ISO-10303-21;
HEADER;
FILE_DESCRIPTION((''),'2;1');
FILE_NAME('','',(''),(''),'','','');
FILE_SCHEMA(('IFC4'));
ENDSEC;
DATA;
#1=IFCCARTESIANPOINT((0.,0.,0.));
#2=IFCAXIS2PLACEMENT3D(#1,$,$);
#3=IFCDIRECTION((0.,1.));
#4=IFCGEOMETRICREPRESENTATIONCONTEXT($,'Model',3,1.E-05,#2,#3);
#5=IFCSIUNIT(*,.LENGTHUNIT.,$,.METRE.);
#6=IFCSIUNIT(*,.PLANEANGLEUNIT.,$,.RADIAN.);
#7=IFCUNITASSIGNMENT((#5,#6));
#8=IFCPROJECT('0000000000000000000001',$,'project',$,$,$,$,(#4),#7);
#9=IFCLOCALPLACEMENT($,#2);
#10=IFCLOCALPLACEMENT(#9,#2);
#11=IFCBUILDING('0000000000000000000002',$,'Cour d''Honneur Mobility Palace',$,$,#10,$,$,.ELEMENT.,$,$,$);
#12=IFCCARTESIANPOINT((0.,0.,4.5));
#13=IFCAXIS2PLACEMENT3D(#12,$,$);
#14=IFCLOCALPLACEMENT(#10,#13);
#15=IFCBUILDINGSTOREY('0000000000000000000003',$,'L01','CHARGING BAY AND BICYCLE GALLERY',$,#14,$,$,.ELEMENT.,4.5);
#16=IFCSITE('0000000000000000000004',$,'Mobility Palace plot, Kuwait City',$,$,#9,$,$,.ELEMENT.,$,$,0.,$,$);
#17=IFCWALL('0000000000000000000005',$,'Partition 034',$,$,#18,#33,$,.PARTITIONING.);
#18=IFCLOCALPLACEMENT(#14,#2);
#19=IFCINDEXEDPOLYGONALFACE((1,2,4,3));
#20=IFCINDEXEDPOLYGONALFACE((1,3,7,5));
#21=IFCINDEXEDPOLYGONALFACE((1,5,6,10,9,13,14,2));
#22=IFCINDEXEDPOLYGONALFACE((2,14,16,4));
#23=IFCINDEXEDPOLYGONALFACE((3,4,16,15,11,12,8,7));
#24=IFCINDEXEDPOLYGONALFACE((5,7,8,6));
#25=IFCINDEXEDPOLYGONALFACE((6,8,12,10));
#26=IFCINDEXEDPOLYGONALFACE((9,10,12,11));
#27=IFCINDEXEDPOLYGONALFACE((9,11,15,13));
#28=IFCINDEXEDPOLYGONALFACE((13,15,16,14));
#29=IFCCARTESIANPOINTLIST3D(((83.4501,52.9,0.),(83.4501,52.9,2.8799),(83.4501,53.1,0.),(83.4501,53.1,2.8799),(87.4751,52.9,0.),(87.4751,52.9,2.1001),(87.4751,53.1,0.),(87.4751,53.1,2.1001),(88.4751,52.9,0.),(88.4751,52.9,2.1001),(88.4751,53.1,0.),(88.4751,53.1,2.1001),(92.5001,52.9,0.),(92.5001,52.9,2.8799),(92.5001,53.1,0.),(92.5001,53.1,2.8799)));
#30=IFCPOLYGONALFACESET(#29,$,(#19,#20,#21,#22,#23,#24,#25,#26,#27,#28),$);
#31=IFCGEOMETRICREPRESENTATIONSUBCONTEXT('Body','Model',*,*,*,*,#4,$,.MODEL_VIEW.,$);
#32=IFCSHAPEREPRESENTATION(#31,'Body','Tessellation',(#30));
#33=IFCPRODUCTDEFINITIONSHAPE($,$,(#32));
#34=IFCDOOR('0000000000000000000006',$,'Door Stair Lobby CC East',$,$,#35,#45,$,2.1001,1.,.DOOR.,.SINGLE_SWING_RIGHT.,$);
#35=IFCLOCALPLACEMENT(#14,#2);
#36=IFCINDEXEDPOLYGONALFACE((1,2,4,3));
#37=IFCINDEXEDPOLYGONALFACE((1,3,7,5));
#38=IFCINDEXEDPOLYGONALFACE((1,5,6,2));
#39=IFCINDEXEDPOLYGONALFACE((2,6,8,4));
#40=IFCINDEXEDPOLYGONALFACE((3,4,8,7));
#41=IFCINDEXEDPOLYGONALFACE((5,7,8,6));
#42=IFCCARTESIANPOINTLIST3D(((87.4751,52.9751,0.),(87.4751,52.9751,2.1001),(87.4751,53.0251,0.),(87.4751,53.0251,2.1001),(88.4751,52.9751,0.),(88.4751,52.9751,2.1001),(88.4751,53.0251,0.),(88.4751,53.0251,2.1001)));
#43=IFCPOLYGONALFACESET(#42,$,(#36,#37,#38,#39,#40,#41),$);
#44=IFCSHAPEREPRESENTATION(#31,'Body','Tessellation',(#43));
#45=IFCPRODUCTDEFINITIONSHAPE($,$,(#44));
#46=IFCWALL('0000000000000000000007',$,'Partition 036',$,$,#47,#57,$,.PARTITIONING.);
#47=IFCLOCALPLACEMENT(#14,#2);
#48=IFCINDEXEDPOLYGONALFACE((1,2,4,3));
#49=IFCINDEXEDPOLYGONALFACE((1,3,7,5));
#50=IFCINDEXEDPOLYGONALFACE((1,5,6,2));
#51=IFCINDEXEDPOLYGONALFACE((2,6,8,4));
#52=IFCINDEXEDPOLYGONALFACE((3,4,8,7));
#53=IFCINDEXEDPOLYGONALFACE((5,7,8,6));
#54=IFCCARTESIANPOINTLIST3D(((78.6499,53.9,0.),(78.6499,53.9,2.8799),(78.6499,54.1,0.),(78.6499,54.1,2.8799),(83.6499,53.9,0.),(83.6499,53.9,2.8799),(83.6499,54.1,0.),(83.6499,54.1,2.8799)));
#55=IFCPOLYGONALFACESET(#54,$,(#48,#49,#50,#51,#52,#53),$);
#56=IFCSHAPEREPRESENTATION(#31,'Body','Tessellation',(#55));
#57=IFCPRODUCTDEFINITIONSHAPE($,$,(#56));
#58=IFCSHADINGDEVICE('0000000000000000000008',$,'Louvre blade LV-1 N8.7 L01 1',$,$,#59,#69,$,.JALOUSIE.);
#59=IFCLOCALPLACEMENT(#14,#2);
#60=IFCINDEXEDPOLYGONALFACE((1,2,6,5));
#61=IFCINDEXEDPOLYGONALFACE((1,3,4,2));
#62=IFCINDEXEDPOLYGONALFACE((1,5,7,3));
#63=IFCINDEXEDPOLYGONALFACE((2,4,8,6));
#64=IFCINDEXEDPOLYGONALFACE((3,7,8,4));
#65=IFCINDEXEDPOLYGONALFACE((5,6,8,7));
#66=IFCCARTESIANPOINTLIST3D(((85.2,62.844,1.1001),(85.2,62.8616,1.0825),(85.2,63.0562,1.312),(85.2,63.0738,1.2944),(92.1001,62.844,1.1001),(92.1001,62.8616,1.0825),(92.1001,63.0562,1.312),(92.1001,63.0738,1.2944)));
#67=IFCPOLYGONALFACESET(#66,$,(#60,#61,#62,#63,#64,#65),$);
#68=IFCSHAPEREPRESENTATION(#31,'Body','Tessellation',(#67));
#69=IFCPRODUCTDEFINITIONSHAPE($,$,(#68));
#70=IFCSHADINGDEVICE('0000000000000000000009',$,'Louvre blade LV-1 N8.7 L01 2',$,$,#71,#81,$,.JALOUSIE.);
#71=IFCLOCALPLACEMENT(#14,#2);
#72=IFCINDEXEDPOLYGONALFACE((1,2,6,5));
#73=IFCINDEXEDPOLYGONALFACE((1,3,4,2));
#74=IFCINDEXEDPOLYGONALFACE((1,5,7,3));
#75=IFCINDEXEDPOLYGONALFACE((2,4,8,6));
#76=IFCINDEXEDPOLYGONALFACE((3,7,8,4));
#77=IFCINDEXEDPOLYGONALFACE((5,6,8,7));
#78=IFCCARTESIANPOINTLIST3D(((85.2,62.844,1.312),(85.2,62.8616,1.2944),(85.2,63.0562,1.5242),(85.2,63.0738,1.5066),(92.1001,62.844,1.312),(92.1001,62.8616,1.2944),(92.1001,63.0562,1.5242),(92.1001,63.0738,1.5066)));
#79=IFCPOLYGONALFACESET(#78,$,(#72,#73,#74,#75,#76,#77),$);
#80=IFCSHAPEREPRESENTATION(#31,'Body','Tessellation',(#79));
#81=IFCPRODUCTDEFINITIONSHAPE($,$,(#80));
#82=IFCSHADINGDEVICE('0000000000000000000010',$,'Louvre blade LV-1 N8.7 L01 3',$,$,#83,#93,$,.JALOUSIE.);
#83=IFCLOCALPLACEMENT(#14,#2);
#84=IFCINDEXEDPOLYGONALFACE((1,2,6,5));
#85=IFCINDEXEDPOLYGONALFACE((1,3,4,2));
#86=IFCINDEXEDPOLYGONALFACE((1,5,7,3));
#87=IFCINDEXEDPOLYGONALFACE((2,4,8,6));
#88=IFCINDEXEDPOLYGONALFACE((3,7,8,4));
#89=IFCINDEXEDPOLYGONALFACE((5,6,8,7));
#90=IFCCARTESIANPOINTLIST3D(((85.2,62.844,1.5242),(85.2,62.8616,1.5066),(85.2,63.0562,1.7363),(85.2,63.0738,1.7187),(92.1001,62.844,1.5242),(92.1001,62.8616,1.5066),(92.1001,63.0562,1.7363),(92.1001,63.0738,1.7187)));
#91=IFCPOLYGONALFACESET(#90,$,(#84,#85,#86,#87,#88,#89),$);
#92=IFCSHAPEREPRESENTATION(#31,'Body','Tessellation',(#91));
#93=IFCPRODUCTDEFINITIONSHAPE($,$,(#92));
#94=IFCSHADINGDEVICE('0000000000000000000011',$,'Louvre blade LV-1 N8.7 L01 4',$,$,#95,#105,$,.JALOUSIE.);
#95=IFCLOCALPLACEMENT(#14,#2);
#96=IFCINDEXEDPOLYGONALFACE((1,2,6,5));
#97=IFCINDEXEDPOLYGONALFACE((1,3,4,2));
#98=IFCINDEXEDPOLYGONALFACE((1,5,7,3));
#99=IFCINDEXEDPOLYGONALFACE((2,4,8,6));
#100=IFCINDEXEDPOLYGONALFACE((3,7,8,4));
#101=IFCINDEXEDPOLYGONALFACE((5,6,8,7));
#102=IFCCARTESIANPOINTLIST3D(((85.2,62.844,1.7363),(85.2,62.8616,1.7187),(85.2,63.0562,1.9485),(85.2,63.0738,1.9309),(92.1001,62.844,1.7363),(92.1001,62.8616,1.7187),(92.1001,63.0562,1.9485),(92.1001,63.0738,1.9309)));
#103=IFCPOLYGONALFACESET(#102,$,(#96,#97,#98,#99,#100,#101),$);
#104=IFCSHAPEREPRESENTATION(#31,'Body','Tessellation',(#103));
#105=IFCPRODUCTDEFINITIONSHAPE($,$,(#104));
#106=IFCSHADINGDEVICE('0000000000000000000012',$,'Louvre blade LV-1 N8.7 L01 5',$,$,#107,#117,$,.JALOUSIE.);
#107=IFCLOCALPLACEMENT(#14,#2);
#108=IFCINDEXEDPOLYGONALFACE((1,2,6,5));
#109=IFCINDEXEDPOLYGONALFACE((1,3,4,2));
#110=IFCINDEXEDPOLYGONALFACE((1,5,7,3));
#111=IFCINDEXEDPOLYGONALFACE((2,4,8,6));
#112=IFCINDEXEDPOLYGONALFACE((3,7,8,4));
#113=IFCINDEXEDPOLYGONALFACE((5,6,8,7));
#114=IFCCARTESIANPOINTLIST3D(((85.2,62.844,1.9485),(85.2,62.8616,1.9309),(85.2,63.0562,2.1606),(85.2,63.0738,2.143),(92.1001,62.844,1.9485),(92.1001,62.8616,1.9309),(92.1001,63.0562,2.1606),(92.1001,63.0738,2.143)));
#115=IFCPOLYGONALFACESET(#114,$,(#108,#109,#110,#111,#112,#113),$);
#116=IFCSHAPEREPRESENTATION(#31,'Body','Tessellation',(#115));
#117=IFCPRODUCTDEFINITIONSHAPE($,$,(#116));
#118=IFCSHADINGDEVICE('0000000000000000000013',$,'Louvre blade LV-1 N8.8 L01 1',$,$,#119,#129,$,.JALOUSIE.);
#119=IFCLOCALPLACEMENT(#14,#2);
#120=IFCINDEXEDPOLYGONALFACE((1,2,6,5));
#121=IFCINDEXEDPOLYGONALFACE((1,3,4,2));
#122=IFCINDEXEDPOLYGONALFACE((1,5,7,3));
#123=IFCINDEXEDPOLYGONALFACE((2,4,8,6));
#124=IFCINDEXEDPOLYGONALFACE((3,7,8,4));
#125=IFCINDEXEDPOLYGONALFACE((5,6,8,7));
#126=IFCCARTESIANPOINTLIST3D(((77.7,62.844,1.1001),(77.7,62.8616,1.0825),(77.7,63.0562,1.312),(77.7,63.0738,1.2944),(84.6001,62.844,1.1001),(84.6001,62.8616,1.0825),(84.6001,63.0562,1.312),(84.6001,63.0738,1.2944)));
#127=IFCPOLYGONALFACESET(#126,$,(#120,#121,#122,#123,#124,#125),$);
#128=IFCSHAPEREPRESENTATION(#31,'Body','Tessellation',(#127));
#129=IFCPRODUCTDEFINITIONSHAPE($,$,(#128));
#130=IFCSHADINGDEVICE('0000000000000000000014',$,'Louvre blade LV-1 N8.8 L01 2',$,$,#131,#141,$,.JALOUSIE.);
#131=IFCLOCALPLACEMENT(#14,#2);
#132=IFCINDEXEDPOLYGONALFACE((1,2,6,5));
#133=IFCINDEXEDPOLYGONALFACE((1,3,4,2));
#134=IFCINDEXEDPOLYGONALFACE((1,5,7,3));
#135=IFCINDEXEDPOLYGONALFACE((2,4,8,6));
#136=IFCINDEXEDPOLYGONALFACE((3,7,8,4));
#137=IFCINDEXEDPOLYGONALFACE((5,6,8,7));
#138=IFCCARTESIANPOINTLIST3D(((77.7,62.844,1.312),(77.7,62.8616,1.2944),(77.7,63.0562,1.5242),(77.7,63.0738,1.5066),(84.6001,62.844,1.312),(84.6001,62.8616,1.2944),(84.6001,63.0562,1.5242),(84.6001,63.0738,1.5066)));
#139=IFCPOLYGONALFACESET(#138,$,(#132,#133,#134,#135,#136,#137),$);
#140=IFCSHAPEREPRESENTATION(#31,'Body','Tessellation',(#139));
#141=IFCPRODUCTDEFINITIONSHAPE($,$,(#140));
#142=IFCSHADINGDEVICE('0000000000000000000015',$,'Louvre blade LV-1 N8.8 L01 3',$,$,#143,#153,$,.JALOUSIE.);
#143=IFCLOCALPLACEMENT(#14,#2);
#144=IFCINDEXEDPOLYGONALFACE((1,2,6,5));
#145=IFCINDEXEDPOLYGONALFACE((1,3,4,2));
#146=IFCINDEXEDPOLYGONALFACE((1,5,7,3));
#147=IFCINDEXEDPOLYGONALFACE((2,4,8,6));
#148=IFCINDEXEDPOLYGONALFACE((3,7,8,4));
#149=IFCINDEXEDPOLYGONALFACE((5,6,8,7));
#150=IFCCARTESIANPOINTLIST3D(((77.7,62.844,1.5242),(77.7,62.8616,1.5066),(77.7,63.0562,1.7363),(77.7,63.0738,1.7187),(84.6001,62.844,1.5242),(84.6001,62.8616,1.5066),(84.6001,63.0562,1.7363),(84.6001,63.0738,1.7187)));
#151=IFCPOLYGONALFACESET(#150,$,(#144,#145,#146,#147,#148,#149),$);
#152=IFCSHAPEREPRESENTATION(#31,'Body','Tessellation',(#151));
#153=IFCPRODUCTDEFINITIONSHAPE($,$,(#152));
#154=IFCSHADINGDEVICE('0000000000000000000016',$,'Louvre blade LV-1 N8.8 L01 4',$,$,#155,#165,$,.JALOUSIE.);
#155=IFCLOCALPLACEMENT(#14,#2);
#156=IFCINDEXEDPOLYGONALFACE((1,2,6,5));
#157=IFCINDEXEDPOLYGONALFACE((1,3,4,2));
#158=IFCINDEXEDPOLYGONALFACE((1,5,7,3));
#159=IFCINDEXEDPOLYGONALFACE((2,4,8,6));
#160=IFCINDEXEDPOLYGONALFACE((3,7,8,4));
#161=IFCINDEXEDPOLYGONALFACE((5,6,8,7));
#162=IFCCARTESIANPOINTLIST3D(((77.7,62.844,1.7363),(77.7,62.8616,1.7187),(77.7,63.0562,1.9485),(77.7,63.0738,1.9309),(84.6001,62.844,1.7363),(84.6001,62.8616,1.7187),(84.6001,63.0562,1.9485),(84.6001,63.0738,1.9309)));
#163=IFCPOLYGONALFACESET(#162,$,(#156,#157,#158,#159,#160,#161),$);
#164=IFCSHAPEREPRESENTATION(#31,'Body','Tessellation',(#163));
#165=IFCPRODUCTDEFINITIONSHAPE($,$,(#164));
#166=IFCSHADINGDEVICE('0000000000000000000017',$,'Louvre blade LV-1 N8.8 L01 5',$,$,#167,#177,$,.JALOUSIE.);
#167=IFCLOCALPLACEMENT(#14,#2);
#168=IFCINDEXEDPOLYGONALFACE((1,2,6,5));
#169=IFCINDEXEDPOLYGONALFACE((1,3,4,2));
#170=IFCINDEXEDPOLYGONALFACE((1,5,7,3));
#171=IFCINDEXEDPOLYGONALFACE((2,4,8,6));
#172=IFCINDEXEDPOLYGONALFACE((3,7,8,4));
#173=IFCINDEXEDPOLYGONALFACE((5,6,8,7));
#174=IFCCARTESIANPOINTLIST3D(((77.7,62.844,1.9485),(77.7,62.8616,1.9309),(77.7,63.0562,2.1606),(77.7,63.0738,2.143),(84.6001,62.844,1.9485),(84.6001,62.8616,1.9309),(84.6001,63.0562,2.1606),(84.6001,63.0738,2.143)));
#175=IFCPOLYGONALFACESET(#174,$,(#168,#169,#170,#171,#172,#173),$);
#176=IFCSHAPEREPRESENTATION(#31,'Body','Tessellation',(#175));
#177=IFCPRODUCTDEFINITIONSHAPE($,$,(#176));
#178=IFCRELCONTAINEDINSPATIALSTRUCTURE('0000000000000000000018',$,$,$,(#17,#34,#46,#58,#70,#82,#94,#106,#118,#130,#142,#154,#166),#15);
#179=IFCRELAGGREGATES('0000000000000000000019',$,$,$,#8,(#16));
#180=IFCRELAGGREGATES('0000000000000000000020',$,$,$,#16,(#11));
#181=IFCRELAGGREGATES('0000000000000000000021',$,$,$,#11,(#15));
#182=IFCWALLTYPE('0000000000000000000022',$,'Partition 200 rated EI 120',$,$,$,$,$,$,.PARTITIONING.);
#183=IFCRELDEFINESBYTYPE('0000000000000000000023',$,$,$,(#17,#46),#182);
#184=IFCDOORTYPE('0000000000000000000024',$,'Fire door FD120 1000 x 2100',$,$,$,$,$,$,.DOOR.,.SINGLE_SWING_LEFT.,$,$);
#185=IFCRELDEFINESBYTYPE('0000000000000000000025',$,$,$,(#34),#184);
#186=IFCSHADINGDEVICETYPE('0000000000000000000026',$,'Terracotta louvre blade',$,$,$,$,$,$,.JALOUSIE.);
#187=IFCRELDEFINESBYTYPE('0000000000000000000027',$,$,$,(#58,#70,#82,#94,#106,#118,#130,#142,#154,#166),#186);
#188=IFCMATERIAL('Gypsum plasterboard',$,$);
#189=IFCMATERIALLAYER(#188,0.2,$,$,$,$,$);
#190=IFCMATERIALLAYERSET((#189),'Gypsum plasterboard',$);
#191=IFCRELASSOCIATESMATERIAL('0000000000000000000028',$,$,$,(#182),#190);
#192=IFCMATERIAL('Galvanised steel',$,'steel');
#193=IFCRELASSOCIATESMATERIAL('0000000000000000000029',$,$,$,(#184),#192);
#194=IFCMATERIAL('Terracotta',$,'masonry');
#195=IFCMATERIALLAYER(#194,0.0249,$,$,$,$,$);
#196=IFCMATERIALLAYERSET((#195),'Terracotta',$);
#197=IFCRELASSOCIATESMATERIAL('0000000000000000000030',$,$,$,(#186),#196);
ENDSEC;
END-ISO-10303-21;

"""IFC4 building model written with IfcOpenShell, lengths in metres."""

from ifc_helpers import new_model, si_unit, direction, frame, frame_2d, origin, place, context, subcontext, project, spatial, polyline, rectangle, outline, extrude, material, layer, layer_set, type_object, element, fill, save


model = new_model("IFC4")

# Units and contexts
model_context = context("Model", 3, precision=1e-05, world=origin(), true_north=direction((0.0, 1.0)))
body_context = subcontext(model_context, "Body", "Model", "MODEL_VIEW")
ifc_project = project(units=[si_unit("LENGTHUNIT", "METRE"), si_unit("PLANEANGLEUNIT", "RADIAN")], contexts=[model_context])

# Site, building, storey
site_placement = place(None, origin())
site = spatial("IfcSite", under=ifc_project, at=site_placement, Name="Mobility Palace plot, Kuwait City", CompositionType="ELEMENT", RefElevation=0.0)
building_placement = place(site_placement, origin())
building = spatial("IfcBuilding", under=site, at=building_placement, Name="Cour d'Honneur Mobility Palace", CompositionType="ELEMENT")
storey_placement = place(building_placement, frame((0.0, 0.0, 4.5)))
storey = spatial("IfcBuildingStorey", under=building, at=storey_placement, Name="L01", Description="CHARGING BAY AND BICYCLE GALLERY", CompositionType="ELEMENT", Elevation=4.5)

# Shared definitions
ifc_material_1 = material(Name="Gypsum plasterboard")
ifc_layer_1 = layer(ifc_material_1, 0.2)
ifc_layer_set_1 = layer_set([ifc_layer_1], Name="Gypsum plasterboard")
wall_type = type_object("IfcWallType", Name="Partition 200 rated EI 120", PredefinedType="PARTITIONING", material=ifc_layer_set_1)

# Wall, opening, door
wall_1_placement = place(storey_placement, frame((92.5, 53.0, 0.0), z_axis=(0.0, 0.0, 1.0), x_axis=(-1.0, 0.0, 0.0)))
wall_1 = element("IfcWall", 1, at=wall_1_placement, inside=storey, type_object=wall_type, Name="Partition 034", PredefinedType="PARTITIONING", context=body_context, shape_type="SweptSolid", body=[
    extrude(rectangle(XDim=9.05, YDim=0.2, at=frame_2d((4.5249, 0.0))), origin(), (0.0, 0.0, 1.0), 2.8799),
])
opening_placement = place(wall_1_placement, frame((4.0249, 0.0, 0.0)))
opening = element("IfcOpeningElement", 2, at=opening_placement, cuts=wall_1, PredefinedType="OPENING", context=body_context, shape_type="SweptSolid", body=[
    extrude(rectangle(XDim=1.0, YDim=2.1001, at=frame_2d((0.5, 1.05))), frame((0.0, 0.1099, 0.0), z_axis=(0.0, -1.0, 0.0), x_axis=(1.0, 0.0, 0.0)), (0.0, 0.0, 1.0), 0.22),
])
ifc_material_2 = material(Name="Galvanised steel", Category="steel")
door_type = type_object("IfcDoorType", Name="Fire door FD120 1000 x 2100", OperationType="SINGLE_SWING_LEFT", PredefinedType="DOOR", material=ifc_material_2)
door_placement = place(opening_placement, origin())
door = element("IfcDoor", 3, at=door_placement, inside=storey, type_object=door_type, Name="Door Stair Lobby CC East", OperationType="SINGLE_SWING_RIGHT", OverallHeight=2.1001, OverallWidth=1.0, PredefinedType="DOOR", context=body_context, shape_type="SweptSolid", body=[
    extrude(rectangle(XDim=1.0, YDim=2.1001, at=frame_2d((0.5, 1.05))), frame((0.0, 0.0249, 0.0), z_axis=(0.0, -1.0, 0.0), x_axis=(1.0, 0.0, 0.0)), (0.0, 0.0, 1.0), 0.05),
])
fill(opening, door)

# Wall
wall_2_placement = place(storey_placement, frame((83.6499, 54.0, 0.0), z_axis=(0.0, 0.0, 1.0), x_axis=(-1.0, 0.0, 0.0)))
element("IfcWall", 4, at=wall_2_placement, inside=storey, type_object=wall_type, Name="Partition 036", PredefinedType="PARTITIONING", context=body_context, shape_type="SweptSolid", body=[
    extrude(rectangle(XDim=5.0, YDim=0.2, at=frame_2d((2.5, 0.0))), origin(), (0.0, 0.0, 1.0), 2.8799),
])

# Shading devices
ifc_material_3 = material(Name="Terracotta", Category="masonry")
ifc_layer_2 = layer(ifc_material_3, 0.0249)
ifc_layer_set_2 = layer_set([ifc_layer_2], Name="Terracotta")
shading_device_type = type_object("IfcShadingDeviceType", Name="Terracotta louvre blade", PredefinedType="JALOUSIE", material=ifc_layer_set_2)
shading_device_1_placement = place(storey_placement, frame((92.1001, 62.844, 1.1001), z_axis=(0.0, -0.7067, 0.707514), x_axis=(-1.0, 0.0, 0.0)))
element("IfcShadingDevice", 5, at=shading_device_1_placement, inside=storey, type_object=shading_device_type, Name="Louvre blade LV-1 N8.7 L01 1", PredefinedType="JALOUSIE", context=body_context, shape_type="SweptSolid", body=[
    extrude(outline(polyline([(0.0, 0.0), (6.9001, 0.0), (6.9001, -0.2999), (0.0, -0.2999), (0.0, 0.0)])), origin(), (0.0, 0.0, -1.0), 0.0249),
])
for number, where, z_axis, x_axis, name in (
    (6, (92.1001, 62.844, 1.312), (0.0, -0.707107, 0.707107), (-1.0, 0.0, 0.0), "Louvre blade LV-1 N8.7 L01 2"),
    (7, (92.1001, 62.844, 1.5242), (0.0, -0.707107, 0.707107), (-1.0, 0.0, 0.0), "Louvre blade LV-1 N8.7 L01 3"),
    (8, (92.1001, 62.844, 1.7363), (0.0, -0.707107, 0.707107), (-1.0, 0.0, 0.0), "Louvre blade LV-1 N8.7 L01 4"),
    (9, (92.1001, 62.844, 1.9485), (0.0, -0.707107, 0.707107), (-1.0, 0.0, 0.0), "Louvre blade LV-1 N8.7 L01 5"),
):
    element("IfcShadingDevice", number, at=place(storey_placement, frame(where, z_axis=z_axis, x_axis=x_axis)), inside=storey, type_object=shading_device_type, Name=name, PredefinedType="JALOUSIE", context=body_context, shape_type="SweptSolid", body=[
        extrude(outline(polyline([(0.0, 0.0), (6.9001, 0.0), (6.9001, -0.3), (0.0, -0.3), (0.0, 0.0)])), origin(), (0.0, 0.0, -1.0), 0.0249),
    ])
shading_device_2_placement = place(storey_placement, frame((84.6001, 62.844, 1.1001), z_axis=(0.0, -0.7067, 0.707514), x_axis=(-1.0, 0.0, 0.0)))
element("IfcShadingDevice", 10, at=shading_device_2_placement, inside=storey, type_object=shading_device_type, Name="Louvre blade LV-1 N8.8 L01 1", PredefinedType="JALOUSIE", context=body_context, shape_type="SweptSolid", body=[
    extrude(outline(polyline([(0.0, 0.0), (6.9001, 0.0), (6.9001, -0.2999), (0.0, -0.2999), (0.0, 0.0)])), origin(), (0.0, 0.0, -1.0), 0.0249),
])
for number, where, z_axis, x_axis, name in (
    (11, (84.6001, 62.844, 1.312), (0.0, -0.707107, 0.707107), (-1.0, 0.0, 0.0), "Louvre blade LV-1 N8.8 L01 2"),
    (12, (84.6001, 62.844, 1.5242), (0.0, -0.707107, 0.707107), (-1.0, 0.0, 0.0), "Louvre blade LV-1 N8.8 L01 3"),
    (13, (84.6001, 62.844, 1.7363), (0.0, -0.707107, 0.707107), (-1.0, 0.0, 0.0), "Louvre blade LV-1 N8.8 L01 4"),
    (14, (84.6001, 62.844, 1.9485), (0.0, -0.707107, 0.707107), (-1.0, 0.0, 0.0), "Louvre blade LV-1 N8.8 L01 5"),
):
    element("IfcShadingDevice", number, at=place(storey_placement, frame(where, z_axis=z_axis, x_axis=x_axis)), inside=storey, type_object=shading_device_type, Name=name, PredefinedType="JALOUSIE", context=body_context, shape_type="SweptSolid", body=[
        extrude(outline(polyline([(0.0, 0.0), (6.9001, 0.0), (6.9001, -0.3), (0.0, -0.3), (0.0, 0.0)])), origin(), (0.0, 0.0, -1.0), 0.0249),
    ])

save(model, "model.ifc")
